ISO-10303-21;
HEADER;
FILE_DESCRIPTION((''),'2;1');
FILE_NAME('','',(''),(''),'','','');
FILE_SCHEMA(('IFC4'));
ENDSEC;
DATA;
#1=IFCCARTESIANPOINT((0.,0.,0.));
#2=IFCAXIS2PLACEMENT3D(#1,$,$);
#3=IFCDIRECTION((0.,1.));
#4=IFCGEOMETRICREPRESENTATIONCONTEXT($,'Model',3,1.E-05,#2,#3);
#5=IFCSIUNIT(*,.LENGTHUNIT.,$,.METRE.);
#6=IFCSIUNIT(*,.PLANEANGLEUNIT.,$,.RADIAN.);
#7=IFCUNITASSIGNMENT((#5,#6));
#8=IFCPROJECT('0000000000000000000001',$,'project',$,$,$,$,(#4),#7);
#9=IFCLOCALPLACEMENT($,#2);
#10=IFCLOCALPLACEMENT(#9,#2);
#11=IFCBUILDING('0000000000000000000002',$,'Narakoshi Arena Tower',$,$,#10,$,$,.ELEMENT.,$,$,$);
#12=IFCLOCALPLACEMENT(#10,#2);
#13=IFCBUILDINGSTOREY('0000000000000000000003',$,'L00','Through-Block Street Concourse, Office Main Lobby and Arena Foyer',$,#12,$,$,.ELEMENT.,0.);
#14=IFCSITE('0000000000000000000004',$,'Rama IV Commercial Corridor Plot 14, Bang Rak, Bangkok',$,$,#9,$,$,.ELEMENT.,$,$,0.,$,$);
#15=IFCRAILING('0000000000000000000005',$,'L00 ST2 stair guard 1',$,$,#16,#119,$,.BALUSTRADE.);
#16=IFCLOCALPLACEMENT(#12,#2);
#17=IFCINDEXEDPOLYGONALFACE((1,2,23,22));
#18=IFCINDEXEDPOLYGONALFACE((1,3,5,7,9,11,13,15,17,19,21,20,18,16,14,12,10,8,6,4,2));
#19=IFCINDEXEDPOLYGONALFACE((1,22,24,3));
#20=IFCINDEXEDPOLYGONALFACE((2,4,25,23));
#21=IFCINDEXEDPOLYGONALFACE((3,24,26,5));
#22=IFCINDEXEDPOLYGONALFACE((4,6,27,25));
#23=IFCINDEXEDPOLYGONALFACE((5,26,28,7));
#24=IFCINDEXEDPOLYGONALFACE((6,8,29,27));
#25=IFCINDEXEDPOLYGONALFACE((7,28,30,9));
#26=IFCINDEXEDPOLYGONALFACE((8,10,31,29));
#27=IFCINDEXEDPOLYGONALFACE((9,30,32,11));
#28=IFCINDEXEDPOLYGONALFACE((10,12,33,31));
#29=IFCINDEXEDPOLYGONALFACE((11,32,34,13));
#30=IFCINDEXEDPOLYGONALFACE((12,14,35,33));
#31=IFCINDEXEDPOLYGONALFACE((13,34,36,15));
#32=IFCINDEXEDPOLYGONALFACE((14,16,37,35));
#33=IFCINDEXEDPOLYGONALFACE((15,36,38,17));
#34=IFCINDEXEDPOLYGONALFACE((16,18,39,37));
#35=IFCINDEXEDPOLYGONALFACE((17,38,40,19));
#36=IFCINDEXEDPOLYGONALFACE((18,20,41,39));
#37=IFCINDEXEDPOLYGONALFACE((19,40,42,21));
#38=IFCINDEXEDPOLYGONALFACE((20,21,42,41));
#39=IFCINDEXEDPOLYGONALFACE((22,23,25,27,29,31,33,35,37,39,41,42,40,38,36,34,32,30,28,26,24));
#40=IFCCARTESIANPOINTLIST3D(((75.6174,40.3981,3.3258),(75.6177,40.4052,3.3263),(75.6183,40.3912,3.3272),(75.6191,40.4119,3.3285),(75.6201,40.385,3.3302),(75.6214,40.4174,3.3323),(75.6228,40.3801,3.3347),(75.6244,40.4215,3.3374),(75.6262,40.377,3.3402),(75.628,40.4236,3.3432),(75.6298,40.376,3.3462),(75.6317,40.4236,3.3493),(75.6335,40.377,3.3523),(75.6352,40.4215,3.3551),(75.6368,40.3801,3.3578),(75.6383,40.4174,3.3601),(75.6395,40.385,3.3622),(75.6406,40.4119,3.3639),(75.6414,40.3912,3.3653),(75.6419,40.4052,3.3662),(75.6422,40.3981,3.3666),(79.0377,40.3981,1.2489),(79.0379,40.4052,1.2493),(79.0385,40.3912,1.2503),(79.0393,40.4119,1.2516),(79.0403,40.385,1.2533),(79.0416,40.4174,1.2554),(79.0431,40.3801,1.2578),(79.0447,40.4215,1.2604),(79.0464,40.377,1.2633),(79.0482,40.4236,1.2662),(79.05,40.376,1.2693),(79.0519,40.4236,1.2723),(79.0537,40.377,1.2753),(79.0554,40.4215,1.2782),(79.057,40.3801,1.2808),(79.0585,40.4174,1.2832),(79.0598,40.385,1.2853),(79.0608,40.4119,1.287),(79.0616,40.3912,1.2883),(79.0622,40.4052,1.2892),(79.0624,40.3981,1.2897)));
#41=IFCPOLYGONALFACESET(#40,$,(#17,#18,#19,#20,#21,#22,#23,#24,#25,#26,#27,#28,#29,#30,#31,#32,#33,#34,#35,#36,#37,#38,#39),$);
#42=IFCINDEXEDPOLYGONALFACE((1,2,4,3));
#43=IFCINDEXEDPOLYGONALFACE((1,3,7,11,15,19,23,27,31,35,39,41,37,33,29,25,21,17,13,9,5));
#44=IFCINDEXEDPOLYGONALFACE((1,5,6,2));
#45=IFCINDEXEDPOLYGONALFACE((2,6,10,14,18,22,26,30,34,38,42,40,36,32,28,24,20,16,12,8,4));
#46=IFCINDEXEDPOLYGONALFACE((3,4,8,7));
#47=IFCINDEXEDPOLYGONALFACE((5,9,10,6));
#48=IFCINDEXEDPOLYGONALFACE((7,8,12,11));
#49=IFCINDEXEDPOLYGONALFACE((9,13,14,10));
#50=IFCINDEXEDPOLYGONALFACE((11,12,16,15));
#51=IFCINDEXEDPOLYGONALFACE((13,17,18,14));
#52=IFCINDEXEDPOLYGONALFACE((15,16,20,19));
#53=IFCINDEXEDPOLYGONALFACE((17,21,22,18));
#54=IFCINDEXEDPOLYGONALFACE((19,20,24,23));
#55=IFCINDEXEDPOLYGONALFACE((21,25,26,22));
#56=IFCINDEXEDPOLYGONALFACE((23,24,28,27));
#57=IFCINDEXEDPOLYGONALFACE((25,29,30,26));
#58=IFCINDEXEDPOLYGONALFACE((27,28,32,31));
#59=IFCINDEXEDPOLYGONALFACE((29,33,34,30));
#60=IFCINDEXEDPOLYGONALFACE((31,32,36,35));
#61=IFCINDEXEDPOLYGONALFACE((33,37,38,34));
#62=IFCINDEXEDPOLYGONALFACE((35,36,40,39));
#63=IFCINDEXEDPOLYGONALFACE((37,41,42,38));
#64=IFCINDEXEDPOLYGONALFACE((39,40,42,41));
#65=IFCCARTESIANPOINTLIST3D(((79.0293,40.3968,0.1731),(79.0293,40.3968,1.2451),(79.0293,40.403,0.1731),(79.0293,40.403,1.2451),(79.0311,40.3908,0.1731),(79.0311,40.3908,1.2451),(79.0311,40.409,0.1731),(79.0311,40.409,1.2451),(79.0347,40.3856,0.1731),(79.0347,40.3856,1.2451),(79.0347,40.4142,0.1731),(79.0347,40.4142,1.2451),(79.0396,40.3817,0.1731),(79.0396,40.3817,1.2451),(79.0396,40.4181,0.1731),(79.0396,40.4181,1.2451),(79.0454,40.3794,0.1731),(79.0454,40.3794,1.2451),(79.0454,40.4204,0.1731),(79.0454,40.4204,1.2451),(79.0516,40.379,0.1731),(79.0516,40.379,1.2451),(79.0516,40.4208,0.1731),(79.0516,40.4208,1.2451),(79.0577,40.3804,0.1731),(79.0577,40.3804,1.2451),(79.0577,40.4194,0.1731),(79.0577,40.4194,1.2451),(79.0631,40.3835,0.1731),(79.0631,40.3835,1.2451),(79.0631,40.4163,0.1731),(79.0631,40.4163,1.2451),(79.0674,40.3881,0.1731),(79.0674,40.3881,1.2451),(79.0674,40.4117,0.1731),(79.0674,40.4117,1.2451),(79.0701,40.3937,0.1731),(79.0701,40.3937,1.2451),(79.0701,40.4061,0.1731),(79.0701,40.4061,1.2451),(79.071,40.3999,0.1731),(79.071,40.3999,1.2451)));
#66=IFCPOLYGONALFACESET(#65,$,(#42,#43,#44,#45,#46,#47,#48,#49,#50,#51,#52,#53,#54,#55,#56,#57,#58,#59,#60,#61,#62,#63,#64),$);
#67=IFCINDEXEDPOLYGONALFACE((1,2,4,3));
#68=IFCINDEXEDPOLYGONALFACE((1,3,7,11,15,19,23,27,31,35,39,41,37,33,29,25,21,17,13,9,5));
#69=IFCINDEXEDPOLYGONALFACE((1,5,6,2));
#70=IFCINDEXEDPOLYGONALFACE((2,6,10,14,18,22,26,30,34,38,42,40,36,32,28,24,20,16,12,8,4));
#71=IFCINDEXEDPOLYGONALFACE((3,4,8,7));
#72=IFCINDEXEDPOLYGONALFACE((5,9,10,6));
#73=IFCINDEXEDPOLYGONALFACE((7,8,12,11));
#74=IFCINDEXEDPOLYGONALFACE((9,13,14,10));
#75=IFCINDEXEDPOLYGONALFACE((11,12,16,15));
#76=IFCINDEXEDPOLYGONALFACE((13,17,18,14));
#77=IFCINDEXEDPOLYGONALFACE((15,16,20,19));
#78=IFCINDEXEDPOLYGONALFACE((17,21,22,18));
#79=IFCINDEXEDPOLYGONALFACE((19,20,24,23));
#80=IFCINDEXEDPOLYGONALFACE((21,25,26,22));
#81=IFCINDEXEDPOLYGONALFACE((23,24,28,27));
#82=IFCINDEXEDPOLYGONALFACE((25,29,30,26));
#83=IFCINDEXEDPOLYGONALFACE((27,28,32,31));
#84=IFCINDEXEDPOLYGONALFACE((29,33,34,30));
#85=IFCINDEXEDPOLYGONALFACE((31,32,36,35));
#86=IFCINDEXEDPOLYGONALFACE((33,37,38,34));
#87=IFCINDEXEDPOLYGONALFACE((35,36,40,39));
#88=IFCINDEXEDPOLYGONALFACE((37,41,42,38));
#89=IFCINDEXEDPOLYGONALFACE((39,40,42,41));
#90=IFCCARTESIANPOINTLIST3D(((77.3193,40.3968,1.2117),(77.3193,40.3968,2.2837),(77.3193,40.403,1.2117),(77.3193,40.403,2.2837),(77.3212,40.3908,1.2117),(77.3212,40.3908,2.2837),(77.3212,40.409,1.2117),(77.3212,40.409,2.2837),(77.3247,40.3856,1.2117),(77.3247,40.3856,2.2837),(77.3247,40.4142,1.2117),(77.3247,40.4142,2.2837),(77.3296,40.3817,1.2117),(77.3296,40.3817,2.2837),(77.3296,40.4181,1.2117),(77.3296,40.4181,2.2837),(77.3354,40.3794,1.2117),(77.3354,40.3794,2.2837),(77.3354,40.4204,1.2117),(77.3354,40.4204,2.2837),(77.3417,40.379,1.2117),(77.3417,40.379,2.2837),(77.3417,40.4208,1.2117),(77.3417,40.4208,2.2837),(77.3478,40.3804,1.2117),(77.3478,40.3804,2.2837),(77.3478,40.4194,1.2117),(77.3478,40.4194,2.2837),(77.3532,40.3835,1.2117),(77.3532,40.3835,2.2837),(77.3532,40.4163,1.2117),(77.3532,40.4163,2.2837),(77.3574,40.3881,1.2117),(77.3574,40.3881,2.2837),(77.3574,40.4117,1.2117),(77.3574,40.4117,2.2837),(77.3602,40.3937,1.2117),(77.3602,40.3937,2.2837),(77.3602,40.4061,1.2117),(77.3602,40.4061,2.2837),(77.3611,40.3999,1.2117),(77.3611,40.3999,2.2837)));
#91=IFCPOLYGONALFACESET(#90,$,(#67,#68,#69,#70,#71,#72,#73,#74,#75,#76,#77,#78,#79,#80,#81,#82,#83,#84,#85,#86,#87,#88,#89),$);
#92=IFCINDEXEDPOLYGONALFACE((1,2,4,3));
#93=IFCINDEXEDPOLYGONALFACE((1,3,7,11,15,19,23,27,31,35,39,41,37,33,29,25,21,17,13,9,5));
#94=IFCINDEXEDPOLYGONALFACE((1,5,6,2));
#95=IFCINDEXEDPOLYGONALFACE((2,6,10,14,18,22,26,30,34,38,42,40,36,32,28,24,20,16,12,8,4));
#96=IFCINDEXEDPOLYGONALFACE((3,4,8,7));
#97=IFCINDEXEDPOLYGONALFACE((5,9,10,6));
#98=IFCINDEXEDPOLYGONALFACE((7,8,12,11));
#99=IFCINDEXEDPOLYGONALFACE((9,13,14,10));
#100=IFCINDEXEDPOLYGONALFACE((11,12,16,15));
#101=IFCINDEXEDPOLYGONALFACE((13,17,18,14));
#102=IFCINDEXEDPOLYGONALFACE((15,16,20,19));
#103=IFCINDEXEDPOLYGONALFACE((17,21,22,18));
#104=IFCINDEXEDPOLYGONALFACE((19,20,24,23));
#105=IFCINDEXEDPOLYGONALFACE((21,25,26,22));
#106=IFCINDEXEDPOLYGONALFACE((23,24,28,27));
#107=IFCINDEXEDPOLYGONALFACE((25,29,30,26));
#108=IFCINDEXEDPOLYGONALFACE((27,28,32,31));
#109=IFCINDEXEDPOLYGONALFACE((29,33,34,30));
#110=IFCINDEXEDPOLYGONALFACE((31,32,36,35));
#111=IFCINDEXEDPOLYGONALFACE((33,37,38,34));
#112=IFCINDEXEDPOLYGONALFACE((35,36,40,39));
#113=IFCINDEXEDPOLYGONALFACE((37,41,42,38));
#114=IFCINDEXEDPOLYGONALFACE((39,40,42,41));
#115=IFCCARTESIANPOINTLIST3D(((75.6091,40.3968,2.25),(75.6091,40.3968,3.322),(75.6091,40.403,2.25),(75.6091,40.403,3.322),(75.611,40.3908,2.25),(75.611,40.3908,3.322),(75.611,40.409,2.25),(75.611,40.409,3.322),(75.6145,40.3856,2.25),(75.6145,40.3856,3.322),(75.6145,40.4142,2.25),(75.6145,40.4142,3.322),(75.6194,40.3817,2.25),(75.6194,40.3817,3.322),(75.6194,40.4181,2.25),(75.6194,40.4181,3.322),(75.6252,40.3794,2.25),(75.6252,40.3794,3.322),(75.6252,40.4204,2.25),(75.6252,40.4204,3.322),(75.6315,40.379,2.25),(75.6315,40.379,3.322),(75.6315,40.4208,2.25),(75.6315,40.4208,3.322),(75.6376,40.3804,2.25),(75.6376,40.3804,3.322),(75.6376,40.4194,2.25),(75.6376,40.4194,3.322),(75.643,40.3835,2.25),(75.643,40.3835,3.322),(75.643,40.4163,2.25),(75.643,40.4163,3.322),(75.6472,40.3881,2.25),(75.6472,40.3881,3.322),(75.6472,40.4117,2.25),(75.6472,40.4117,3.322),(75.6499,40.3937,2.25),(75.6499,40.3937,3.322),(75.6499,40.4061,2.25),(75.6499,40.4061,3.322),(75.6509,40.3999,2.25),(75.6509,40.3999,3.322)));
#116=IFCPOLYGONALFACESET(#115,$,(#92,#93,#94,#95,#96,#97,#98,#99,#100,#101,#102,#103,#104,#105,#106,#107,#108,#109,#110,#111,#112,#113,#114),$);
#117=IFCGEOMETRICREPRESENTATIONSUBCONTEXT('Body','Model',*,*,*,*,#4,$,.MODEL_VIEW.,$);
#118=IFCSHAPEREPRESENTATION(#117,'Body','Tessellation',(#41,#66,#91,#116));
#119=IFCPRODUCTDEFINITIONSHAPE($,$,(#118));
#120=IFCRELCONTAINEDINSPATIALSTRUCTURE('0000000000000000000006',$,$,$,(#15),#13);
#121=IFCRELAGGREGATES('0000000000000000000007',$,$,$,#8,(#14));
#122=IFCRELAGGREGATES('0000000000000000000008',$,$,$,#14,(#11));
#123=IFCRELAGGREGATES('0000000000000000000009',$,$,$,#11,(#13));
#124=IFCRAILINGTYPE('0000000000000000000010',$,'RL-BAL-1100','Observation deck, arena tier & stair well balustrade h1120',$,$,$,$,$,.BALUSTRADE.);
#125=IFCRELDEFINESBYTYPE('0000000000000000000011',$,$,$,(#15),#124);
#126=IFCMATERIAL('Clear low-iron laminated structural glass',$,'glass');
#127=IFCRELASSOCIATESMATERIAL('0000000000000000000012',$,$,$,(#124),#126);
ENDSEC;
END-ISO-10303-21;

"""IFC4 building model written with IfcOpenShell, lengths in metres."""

from ifc_helpers import new_model, si_unit, direction, frame, origin, origin_2d, place, context, subcontext, project, spatial, circle, extrude, material, type_object, element, save


model = new_model("IFC4")

# Units and contexts
model_context = context("Model", 3, precision=1e-05, world=origin(), true_north=direction((0.0, 1.0)))
body_context = subcontext(model_context, "Body", "Model", "MODEL_VIEW")
ifc_project = project(units=[si_unit("LENGTHUNIT", "METRE"), si_unit("PLANEANGLEUNIT", "RADIAN")], contexts=[model_context])

# Site, building, storey
site_placement = place(None, origin())
site = spatial("IfcSite", under=ifc_project, at=site_placement, Name="Rama IV Commercial Corridor Plot 14, Bang Rak, Bangkok", CompositionType="ELEMENT", RefElevation=0.0)
building_placement = place(site_placement, origin())
building = spatial("IfcBuilding", under=site, at=building_placement, Name="Narakoshi Arena Tower", CompositionType="ELEMENT")
storey_placement = place(building_placement, origin())
storey = spatial("IfcBuildingStorey", under=building, at=storey_placement, Name="L00", Description="Through-Block Street Concourse, Office Main Lobby and Arena Foyer", CompositionType="ELEMENT", Elevation=0.0)

# Railing
ifc_material_1 = material(Name="Clear low-iron laminated structural glass", Category="glass")
railing_type_1 = type_object("IfcRailingType", Name="RL-BAL-1100", Description="Observation deck, arena tier & stair well balustrade h1120", PredefinedType="BALUSTRADE", material=ifc_material_1)
for number, where, name in (
    (1, (79.05, 40.3999, 0.1731), "L00 ST2 stair guard 1"),
):
    element("IfcRailing", number, at=place(storey_placement, frame(where)), inside=storey, type_object=railing_type_1, Name=name, PredefinedType="BALUSTRADE", context=body_context, shape_type="SweptSolid", body=[
        extrude(circle(Radius=0.0239, at=origin_2d()), frame((0.0, 0.0, 1.0962), z_axis=(-0.854746, 0.0, 0.519047), x_axis=(0.0, -1.0, 0.0)), (0.0, 0.0, 1.0), 4.0015),
        extrude(circle(Radius=0.021, at=origin_2d()), origin(), (0.0, 0.0, 1.0), 1.072),
        extrude(circle(Radius=0.021, at=origin_2d()), frame((-1.71, 0.0, 1.0386)), (0.0, 0.0, 1.0), 1.072),
        extrude(circle(Radius=0.021, at=origin_2d()), frame((-3.4202, 0.0, 2.0769)), (0.0, 0.0, 1.0), 1.072),
    ])

save(model, "model.ifc")
